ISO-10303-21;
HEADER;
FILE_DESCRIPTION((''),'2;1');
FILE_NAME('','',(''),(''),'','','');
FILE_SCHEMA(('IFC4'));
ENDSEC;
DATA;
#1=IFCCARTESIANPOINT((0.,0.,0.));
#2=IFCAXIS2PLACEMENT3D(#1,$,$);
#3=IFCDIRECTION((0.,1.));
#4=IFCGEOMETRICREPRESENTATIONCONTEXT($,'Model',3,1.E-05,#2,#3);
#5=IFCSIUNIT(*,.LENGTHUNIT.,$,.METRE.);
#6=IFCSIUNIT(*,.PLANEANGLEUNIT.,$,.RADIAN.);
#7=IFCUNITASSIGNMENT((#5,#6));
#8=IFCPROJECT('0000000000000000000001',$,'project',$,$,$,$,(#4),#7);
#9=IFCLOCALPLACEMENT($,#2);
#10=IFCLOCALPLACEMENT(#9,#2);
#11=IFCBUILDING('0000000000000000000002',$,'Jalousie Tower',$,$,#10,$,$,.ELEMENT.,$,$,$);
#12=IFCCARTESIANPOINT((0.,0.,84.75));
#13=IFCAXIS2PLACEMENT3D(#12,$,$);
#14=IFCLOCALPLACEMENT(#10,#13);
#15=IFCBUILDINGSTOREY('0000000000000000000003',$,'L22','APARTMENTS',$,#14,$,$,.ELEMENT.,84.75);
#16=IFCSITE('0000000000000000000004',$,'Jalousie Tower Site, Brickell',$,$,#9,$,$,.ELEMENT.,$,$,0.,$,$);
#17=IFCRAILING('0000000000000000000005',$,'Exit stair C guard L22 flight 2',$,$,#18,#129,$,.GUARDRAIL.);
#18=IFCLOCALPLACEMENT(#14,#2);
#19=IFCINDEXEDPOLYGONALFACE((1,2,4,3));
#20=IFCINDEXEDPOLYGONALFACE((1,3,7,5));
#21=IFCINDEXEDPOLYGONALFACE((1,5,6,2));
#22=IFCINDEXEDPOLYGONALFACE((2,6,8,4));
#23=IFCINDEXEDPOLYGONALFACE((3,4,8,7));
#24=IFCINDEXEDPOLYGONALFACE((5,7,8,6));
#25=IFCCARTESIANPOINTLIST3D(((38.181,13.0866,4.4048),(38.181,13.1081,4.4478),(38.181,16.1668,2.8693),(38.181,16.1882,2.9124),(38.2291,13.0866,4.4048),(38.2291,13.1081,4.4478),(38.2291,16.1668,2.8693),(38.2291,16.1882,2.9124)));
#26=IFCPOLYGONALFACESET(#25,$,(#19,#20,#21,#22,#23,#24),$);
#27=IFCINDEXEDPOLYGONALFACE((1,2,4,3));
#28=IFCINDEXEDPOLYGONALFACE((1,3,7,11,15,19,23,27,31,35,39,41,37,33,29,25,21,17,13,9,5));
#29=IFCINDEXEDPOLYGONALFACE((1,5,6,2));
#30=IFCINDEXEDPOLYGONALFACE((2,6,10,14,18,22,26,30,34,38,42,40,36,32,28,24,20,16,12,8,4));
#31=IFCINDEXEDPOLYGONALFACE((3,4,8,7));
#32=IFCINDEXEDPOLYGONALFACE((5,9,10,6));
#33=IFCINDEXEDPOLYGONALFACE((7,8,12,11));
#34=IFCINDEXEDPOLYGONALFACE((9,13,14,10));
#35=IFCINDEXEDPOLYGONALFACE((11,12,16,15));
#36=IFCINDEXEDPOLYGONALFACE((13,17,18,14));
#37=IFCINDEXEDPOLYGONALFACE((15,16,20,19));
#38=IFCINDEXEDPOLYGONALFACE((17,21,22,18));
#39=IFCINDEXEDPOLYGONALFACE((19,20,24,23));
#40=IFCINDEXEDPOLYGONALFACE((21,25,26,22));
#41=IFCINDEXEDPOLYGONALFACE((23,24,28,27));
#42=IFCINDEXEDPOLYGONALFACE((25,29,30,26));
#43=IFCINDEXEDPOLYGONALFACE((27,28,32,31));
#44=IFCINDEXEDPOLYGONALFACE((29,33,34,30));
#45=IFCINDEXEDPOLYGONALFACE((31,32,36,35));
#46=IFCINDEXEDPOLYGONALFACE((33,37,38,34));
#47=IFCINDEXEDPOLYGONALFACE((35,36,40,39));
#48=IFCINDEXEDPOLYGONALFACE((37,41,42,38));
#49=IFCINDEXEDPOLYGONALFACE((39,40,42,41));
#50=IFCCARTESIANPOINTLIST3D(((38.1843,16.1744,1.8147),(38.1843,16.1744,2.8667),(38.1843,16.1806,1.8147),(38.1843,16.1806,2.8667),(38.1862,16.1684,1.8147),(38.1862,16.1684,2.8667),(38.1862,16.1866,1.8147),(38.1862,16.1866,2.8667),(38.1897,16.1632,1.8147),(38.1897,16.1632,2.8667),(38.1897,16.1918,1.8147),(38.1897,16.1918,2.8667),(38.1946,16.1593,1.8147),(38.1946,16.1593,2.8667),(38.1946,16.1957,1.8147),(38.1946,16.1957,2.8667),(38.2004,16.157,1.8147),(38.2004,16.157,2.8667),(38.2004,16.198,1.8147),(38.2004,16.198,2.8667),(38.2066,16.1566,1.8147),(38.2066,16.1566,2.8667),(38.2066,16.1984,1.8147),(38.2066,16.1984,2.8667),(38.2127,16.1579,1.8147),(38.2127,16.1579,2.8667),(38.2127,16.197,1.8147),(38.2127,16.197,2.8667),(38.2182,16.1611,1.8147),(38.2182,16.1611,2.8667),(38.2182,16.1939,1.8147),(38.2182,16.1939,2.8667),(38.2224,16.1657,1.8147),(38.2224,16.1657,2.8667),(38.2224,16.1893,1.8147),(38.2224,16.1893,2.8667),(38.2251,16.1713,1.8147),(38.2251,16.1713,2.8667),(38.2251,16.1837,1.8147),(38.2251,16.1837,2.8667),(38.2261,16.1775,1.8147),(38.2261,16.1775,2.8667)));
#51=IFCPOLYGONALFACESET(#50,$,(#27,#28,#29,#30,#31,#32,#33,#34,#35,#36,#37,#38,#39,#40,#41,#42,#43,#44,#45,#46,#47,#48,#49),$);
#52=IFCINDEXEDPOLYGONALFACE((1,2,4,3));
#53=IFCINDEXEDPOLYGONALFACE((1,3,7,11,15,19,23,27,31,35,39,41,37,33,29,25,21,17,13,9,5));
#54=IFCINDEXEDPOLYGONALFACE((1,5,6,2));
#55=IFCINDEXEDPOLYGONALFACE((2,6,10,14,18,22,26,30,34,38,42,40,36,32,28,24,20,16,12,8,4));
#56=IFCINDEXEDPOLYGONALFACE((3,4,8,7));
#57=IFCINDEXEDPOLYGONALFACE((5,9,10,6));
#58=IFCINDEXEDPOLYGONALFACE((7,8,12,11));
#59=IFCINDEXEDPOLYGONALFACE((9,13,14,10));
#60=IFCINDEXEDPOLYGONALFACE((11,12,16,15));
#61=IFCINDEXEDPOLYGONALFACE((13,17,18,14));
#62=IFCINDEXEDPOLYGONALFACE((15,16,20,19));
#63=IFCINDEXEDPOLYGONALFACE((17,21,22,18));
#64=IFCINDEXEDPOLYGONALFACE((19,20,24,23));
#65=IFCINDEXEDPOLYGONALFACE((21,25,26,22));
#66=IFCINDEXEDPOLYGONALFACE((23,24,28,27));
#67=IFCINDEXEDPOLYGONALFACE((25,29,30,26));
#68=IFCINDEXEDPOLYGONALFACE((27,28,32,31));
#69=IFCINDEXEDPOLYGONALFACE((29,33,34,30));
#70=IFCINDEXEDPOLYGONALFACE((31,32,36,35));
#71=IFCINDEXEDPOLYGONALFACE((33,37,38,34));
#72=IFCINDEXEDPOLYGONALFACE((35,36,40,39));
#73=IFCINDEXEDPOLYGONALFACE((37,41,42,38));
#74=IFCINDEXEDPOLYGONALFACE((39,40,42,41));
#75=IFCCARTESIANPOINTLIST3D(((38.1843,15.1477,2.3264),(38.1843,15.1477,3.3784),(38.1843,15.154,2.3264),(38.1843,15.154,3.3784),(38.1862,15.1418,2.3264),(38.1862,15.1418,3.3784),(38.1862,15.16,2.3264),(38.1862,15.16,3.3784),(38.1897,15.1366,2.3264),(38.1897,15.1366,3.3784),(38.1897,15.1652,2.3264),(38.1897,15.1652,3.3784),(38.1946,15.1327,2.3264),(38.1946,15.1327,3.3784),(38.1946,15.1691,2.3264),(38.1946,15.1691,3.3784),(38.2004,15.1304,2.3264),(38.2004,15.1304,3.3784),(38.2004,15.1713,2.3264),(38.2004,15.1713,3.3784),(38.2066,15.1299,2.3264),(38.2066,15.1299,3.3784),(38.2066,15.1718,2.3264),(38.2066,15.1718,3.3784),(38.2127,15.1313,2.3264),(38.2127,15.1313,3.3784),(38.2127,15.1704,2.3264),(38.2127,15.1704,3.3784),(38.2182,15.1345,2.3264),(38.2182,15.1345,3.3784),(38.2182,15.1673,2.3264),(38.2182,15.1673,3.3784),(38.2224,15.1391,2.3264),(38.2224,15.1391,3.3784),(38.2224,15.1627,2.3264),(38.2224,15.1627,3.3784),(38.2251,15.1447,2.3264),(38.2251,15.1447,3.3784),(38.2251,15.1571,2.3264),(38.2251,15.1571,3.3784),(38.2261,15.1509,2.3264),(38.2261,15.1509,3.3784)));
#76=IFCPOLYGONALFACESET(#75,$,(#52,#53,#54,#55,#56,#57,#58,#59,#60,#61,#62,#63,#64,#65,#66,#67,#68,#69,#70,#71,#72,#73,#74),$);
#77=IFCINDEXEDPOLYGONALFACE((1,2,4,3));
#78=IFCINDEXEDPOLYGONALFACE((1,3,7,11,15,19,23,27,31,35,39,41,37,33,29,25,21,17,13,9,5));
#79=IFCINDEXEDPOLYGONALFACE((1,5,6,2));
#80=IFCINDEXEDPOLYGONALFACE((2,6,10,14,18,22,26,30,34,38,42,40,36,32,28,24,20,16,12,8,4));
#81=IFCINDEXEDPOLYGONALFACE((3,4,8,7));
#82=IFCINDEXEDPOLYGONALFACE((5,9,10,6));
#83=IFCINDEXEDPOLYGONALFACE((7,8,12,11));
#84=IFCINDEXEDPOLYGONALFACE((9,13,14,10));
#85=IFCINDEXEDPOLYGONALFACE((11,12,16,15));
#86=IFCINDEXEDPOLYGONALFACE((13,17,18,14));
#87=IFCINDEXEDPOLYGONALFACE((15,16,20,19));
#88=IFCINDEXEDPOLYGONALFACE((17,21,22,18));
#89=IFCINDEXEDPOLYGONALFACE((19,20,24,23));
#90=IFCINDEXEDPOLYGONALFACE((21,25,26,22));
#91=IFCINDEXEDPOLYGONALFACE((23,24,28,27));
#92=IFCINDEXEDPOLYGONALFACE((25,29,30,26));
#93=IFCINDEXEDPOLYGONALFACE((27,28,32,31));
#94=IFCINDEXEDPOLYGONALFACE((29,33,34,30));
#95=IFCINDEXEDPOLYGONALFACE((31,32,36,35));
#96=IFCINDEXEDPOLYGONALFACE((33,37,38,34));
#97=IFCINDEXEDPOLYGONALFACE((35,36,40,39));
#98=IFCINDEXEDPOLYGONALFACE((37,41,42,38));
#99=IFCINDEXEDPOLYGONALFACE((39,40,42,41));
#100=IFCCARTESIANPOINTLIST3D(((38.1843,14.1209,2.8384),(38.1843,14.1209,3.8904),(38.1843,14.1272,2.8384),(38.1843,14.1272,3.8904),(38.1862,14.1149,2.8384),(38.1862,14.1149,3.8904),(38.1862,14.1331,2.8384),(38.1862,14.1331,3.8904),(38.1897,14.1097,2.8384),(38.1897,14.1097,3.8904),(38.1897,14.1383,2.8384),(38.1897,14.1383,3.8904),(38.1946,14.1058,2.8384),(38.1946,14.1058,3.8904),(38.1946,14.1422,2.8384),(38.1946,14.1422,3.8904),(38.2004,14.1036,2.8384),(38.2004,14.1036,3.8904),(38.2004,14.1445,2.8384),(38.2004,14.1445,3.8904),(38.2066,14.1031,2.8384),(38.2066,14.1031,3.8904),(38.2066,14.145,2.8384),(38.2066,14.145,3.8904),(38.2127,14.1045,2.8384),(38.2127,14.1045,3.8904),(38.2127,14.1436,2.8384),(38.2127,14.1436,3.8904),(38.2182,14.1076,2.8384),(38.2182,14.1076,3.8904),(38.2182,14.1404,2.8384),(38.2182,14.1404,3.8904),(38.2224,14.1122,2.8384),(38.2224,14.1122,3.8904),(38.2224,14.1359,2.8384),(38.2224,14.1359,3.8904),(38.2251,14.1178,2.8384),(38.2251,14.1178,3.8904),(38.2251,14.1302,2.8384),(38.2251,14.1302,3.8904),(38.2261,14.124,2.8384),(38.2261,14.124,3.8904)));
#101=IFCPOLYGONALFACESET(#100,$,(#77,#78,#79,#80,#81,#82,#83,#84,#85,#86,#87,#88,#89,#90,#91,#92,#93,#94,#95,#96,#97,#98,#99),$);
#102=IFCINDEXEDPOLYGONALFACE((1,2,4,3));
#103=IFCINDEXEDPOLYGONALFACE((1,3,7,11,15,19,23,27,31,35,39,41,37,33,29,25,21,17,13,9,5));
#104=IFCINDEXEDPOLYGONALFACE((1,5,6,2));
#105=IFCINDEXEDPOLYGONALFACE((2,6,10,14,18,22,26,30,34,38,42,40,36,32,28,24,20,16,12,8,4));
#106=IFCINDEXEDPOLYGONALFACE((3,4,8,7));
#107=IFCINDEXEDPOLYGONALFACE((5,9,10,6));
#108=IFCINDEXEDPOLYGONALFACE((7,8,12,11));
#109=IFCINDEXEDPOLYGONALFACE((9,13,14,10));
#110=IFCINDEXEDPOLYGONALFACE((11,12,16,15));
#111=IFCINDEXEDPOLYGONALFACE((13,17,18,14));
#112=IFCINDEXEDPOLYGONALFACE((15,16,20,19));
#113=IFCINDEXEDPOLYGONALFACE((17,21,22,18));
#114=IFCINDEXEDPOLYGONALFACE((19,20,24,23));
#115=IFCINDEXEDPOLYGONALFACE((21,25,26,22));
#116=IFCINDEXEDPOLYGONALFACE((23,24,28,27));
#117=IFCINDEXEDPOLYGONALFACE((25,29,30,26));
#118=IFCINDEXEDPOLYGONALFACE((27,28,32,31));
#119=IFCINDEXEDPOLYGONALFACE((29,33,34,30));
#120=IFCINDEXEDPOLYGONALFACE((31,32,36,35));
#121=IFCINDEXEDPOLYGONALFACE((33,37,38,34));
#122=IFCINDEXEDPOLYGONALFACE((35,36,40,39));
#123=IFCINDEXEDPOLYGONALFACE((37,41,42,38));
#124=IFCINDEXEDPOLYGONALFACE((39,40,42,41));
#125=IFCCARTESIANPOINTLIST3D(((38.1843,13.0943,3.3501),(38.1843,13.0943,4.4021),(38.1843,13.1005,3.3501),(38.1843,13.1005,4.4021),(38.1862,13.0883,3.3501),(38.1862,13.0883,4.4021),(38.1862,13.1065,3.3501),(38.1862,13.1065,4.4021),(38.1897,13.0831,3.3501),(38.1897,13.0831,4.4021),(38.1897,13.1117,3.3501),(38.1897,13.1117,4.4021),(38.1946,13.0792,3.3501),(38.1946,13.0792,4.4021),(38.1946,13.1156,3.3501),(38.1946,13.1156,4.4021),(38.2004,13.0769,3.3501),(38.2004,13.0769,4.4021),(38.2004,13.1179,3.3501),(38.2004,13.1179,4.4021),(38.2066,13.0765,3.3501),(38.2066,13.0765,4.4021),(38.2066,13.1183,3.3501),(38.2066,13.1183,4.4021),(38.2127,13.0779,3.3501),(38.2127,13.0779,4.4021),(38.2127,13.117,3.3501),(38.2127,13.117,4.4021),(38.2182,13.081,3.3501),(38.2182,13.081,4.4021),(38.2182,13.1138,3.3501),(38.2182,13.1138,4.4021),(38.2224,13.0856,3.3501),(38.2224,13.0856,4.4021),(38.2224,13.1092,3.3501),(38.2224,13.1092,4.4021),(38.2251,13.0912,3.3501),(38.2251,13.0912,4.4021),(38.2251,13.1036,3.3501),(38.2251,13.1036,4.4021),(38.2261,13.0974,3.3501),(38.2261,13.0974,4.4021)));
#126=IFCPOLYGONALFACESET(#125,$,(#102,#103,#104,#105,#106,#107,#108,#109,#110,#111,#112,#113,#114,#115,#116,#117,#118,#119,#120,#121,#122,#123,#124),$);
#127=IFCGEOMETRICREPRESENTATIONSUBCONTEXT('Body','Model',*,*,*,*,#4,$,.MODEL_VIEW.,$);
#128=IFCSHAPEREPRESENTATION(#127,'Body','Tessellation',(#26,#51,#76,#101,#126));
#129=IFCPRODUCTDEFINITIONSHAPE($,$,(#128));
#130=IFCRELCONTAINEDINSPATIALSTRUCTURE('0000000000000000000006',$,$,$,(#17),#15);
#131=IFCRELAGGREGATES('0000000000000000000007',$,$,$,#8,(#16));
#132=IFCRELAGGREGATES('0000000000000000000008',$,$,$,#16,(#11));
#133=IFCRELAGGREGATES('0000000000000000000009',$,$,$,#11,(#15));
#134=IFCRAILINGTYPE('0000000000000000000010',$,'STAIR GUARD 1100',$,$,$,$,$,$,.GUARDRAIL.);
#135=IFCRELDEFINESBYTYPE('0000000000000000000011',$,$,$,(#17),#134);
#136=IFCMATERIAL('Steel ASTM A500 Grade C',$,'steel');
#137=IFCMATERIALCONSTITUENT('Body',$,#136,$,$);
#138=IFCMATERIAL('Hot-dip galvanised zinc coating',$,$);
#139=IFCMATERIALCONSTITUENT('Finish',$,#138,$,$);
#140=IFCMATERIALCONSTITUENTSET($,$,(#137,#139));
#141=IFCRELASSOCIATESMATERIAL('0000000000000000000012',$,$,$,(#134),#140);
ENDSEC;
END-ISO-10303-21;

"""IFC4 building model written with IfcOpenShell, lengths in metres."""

from ifc_helpers import new_model, si_unit, direction, frame, origin, origin_2d, place, context, subcontext, project, spatial, rectangle, circle, extrude, material, constituent, constituent_set, type_object, element, save


model = new_model("IFC4")

# Units and contexts
model_context = context("Model", 3, precision=1e-05, world=origin(), true_north=direction((0.0, 1.0)))
body_context = subcontext(model_context, "Body", "Model", "MODEL_VIEW")
ifc_project = project(units=[si_unit("LENGTHUNIT", "METRE"), si_unit("PLANEANGLEUNIT", "RADIAN")], contexts=[model_context])

# Site, building, storey
site_placement = place(None, origin())
site = spatial("IfcSite", under=ifc_project, at=site_placement, Name="Jalousie Tower Site, Brickell", CompositionType="ELEMENT", RefElevation=0.0)
building_placement = place(site_placement, origin())
building = spatial("IfcBuilding", under=site, at=building_placement, Name="Jalousie Tower", CompositionType="ELEMENT")
storey_placement = place(building_placement, frame((0.0, 0.0, 84.75)))
storey = spatial("IfcBuildingStorey", under=building, at=storey_placement, Name="L22", Description="APARTMENTS", CompositionType="ELEMENT", Elevation=84.75)

# Railing
ifc_material_1 = material(Name="Steel ASTM A500 Grade C", Category="steel")
ifc_constituent_1 = constituent(ifc_material_1, Name="Body")
ifc_material_2 = material(Name="Hot-dip galvanised zinc coating")
ifc_constituent_2 = constituent(ifc_material_2, Name="Finish")
ifc_constituent_set_1 = constituent_set(constituents=[ifc_constituent_1, ifc_constituent_2])
railing_type_1 = type_object("IfcRailingType", Name="STAIR GUARD 1100", PredefinedType="GUARDRAIL", material=ifc_constituent_set_1)
railing_1_placement = place(storey_placement, frame((38.2051, 16.1775, 1.8147)))
element("IfcRailing", 1, at=railing_1_placement, inside=storey, type_object=railing_type_1, Name="Exit stair C guard L22 flight 2", PredefinedType="GUARDRAIL", context=body_context, shape_type="SweptSolid", body=[
    extrude(rectangle(XDim=0.0481, YDim=0.0481, at=origin_2d()), frame((0.0, 0.0, 1.0762), z_axis=(0.0, -0.894966, 0.446135), x_axis=(1.0, 0.0, 0.0)), (0.0, 0.0, 1.0), 3.4417),
    extrude(circle(Radius=0.021, at=origin_2d()), origin(), (0.0, 0.0, 1.0), 1.052),
    extrude(circle(Radius=0.021, at=origin_2d()), frame((0.0, -1.0266, 0.5117)), (0.0, 0.0, 1.0), 1.052),
    extrude(circle(Radius=0.021, at=origin_2d()), frame((0.0, -2.0535, 1.0237)), (0.0, 0.0, 1.0), 1.052),
    extrude(circle(Radius=0.021, at=origin_2d()), frame((0.0, -3.0801, 1.5354)), (0.0, 0.0, 1.0), 1.052),
])

save(model, "model.ifc")
